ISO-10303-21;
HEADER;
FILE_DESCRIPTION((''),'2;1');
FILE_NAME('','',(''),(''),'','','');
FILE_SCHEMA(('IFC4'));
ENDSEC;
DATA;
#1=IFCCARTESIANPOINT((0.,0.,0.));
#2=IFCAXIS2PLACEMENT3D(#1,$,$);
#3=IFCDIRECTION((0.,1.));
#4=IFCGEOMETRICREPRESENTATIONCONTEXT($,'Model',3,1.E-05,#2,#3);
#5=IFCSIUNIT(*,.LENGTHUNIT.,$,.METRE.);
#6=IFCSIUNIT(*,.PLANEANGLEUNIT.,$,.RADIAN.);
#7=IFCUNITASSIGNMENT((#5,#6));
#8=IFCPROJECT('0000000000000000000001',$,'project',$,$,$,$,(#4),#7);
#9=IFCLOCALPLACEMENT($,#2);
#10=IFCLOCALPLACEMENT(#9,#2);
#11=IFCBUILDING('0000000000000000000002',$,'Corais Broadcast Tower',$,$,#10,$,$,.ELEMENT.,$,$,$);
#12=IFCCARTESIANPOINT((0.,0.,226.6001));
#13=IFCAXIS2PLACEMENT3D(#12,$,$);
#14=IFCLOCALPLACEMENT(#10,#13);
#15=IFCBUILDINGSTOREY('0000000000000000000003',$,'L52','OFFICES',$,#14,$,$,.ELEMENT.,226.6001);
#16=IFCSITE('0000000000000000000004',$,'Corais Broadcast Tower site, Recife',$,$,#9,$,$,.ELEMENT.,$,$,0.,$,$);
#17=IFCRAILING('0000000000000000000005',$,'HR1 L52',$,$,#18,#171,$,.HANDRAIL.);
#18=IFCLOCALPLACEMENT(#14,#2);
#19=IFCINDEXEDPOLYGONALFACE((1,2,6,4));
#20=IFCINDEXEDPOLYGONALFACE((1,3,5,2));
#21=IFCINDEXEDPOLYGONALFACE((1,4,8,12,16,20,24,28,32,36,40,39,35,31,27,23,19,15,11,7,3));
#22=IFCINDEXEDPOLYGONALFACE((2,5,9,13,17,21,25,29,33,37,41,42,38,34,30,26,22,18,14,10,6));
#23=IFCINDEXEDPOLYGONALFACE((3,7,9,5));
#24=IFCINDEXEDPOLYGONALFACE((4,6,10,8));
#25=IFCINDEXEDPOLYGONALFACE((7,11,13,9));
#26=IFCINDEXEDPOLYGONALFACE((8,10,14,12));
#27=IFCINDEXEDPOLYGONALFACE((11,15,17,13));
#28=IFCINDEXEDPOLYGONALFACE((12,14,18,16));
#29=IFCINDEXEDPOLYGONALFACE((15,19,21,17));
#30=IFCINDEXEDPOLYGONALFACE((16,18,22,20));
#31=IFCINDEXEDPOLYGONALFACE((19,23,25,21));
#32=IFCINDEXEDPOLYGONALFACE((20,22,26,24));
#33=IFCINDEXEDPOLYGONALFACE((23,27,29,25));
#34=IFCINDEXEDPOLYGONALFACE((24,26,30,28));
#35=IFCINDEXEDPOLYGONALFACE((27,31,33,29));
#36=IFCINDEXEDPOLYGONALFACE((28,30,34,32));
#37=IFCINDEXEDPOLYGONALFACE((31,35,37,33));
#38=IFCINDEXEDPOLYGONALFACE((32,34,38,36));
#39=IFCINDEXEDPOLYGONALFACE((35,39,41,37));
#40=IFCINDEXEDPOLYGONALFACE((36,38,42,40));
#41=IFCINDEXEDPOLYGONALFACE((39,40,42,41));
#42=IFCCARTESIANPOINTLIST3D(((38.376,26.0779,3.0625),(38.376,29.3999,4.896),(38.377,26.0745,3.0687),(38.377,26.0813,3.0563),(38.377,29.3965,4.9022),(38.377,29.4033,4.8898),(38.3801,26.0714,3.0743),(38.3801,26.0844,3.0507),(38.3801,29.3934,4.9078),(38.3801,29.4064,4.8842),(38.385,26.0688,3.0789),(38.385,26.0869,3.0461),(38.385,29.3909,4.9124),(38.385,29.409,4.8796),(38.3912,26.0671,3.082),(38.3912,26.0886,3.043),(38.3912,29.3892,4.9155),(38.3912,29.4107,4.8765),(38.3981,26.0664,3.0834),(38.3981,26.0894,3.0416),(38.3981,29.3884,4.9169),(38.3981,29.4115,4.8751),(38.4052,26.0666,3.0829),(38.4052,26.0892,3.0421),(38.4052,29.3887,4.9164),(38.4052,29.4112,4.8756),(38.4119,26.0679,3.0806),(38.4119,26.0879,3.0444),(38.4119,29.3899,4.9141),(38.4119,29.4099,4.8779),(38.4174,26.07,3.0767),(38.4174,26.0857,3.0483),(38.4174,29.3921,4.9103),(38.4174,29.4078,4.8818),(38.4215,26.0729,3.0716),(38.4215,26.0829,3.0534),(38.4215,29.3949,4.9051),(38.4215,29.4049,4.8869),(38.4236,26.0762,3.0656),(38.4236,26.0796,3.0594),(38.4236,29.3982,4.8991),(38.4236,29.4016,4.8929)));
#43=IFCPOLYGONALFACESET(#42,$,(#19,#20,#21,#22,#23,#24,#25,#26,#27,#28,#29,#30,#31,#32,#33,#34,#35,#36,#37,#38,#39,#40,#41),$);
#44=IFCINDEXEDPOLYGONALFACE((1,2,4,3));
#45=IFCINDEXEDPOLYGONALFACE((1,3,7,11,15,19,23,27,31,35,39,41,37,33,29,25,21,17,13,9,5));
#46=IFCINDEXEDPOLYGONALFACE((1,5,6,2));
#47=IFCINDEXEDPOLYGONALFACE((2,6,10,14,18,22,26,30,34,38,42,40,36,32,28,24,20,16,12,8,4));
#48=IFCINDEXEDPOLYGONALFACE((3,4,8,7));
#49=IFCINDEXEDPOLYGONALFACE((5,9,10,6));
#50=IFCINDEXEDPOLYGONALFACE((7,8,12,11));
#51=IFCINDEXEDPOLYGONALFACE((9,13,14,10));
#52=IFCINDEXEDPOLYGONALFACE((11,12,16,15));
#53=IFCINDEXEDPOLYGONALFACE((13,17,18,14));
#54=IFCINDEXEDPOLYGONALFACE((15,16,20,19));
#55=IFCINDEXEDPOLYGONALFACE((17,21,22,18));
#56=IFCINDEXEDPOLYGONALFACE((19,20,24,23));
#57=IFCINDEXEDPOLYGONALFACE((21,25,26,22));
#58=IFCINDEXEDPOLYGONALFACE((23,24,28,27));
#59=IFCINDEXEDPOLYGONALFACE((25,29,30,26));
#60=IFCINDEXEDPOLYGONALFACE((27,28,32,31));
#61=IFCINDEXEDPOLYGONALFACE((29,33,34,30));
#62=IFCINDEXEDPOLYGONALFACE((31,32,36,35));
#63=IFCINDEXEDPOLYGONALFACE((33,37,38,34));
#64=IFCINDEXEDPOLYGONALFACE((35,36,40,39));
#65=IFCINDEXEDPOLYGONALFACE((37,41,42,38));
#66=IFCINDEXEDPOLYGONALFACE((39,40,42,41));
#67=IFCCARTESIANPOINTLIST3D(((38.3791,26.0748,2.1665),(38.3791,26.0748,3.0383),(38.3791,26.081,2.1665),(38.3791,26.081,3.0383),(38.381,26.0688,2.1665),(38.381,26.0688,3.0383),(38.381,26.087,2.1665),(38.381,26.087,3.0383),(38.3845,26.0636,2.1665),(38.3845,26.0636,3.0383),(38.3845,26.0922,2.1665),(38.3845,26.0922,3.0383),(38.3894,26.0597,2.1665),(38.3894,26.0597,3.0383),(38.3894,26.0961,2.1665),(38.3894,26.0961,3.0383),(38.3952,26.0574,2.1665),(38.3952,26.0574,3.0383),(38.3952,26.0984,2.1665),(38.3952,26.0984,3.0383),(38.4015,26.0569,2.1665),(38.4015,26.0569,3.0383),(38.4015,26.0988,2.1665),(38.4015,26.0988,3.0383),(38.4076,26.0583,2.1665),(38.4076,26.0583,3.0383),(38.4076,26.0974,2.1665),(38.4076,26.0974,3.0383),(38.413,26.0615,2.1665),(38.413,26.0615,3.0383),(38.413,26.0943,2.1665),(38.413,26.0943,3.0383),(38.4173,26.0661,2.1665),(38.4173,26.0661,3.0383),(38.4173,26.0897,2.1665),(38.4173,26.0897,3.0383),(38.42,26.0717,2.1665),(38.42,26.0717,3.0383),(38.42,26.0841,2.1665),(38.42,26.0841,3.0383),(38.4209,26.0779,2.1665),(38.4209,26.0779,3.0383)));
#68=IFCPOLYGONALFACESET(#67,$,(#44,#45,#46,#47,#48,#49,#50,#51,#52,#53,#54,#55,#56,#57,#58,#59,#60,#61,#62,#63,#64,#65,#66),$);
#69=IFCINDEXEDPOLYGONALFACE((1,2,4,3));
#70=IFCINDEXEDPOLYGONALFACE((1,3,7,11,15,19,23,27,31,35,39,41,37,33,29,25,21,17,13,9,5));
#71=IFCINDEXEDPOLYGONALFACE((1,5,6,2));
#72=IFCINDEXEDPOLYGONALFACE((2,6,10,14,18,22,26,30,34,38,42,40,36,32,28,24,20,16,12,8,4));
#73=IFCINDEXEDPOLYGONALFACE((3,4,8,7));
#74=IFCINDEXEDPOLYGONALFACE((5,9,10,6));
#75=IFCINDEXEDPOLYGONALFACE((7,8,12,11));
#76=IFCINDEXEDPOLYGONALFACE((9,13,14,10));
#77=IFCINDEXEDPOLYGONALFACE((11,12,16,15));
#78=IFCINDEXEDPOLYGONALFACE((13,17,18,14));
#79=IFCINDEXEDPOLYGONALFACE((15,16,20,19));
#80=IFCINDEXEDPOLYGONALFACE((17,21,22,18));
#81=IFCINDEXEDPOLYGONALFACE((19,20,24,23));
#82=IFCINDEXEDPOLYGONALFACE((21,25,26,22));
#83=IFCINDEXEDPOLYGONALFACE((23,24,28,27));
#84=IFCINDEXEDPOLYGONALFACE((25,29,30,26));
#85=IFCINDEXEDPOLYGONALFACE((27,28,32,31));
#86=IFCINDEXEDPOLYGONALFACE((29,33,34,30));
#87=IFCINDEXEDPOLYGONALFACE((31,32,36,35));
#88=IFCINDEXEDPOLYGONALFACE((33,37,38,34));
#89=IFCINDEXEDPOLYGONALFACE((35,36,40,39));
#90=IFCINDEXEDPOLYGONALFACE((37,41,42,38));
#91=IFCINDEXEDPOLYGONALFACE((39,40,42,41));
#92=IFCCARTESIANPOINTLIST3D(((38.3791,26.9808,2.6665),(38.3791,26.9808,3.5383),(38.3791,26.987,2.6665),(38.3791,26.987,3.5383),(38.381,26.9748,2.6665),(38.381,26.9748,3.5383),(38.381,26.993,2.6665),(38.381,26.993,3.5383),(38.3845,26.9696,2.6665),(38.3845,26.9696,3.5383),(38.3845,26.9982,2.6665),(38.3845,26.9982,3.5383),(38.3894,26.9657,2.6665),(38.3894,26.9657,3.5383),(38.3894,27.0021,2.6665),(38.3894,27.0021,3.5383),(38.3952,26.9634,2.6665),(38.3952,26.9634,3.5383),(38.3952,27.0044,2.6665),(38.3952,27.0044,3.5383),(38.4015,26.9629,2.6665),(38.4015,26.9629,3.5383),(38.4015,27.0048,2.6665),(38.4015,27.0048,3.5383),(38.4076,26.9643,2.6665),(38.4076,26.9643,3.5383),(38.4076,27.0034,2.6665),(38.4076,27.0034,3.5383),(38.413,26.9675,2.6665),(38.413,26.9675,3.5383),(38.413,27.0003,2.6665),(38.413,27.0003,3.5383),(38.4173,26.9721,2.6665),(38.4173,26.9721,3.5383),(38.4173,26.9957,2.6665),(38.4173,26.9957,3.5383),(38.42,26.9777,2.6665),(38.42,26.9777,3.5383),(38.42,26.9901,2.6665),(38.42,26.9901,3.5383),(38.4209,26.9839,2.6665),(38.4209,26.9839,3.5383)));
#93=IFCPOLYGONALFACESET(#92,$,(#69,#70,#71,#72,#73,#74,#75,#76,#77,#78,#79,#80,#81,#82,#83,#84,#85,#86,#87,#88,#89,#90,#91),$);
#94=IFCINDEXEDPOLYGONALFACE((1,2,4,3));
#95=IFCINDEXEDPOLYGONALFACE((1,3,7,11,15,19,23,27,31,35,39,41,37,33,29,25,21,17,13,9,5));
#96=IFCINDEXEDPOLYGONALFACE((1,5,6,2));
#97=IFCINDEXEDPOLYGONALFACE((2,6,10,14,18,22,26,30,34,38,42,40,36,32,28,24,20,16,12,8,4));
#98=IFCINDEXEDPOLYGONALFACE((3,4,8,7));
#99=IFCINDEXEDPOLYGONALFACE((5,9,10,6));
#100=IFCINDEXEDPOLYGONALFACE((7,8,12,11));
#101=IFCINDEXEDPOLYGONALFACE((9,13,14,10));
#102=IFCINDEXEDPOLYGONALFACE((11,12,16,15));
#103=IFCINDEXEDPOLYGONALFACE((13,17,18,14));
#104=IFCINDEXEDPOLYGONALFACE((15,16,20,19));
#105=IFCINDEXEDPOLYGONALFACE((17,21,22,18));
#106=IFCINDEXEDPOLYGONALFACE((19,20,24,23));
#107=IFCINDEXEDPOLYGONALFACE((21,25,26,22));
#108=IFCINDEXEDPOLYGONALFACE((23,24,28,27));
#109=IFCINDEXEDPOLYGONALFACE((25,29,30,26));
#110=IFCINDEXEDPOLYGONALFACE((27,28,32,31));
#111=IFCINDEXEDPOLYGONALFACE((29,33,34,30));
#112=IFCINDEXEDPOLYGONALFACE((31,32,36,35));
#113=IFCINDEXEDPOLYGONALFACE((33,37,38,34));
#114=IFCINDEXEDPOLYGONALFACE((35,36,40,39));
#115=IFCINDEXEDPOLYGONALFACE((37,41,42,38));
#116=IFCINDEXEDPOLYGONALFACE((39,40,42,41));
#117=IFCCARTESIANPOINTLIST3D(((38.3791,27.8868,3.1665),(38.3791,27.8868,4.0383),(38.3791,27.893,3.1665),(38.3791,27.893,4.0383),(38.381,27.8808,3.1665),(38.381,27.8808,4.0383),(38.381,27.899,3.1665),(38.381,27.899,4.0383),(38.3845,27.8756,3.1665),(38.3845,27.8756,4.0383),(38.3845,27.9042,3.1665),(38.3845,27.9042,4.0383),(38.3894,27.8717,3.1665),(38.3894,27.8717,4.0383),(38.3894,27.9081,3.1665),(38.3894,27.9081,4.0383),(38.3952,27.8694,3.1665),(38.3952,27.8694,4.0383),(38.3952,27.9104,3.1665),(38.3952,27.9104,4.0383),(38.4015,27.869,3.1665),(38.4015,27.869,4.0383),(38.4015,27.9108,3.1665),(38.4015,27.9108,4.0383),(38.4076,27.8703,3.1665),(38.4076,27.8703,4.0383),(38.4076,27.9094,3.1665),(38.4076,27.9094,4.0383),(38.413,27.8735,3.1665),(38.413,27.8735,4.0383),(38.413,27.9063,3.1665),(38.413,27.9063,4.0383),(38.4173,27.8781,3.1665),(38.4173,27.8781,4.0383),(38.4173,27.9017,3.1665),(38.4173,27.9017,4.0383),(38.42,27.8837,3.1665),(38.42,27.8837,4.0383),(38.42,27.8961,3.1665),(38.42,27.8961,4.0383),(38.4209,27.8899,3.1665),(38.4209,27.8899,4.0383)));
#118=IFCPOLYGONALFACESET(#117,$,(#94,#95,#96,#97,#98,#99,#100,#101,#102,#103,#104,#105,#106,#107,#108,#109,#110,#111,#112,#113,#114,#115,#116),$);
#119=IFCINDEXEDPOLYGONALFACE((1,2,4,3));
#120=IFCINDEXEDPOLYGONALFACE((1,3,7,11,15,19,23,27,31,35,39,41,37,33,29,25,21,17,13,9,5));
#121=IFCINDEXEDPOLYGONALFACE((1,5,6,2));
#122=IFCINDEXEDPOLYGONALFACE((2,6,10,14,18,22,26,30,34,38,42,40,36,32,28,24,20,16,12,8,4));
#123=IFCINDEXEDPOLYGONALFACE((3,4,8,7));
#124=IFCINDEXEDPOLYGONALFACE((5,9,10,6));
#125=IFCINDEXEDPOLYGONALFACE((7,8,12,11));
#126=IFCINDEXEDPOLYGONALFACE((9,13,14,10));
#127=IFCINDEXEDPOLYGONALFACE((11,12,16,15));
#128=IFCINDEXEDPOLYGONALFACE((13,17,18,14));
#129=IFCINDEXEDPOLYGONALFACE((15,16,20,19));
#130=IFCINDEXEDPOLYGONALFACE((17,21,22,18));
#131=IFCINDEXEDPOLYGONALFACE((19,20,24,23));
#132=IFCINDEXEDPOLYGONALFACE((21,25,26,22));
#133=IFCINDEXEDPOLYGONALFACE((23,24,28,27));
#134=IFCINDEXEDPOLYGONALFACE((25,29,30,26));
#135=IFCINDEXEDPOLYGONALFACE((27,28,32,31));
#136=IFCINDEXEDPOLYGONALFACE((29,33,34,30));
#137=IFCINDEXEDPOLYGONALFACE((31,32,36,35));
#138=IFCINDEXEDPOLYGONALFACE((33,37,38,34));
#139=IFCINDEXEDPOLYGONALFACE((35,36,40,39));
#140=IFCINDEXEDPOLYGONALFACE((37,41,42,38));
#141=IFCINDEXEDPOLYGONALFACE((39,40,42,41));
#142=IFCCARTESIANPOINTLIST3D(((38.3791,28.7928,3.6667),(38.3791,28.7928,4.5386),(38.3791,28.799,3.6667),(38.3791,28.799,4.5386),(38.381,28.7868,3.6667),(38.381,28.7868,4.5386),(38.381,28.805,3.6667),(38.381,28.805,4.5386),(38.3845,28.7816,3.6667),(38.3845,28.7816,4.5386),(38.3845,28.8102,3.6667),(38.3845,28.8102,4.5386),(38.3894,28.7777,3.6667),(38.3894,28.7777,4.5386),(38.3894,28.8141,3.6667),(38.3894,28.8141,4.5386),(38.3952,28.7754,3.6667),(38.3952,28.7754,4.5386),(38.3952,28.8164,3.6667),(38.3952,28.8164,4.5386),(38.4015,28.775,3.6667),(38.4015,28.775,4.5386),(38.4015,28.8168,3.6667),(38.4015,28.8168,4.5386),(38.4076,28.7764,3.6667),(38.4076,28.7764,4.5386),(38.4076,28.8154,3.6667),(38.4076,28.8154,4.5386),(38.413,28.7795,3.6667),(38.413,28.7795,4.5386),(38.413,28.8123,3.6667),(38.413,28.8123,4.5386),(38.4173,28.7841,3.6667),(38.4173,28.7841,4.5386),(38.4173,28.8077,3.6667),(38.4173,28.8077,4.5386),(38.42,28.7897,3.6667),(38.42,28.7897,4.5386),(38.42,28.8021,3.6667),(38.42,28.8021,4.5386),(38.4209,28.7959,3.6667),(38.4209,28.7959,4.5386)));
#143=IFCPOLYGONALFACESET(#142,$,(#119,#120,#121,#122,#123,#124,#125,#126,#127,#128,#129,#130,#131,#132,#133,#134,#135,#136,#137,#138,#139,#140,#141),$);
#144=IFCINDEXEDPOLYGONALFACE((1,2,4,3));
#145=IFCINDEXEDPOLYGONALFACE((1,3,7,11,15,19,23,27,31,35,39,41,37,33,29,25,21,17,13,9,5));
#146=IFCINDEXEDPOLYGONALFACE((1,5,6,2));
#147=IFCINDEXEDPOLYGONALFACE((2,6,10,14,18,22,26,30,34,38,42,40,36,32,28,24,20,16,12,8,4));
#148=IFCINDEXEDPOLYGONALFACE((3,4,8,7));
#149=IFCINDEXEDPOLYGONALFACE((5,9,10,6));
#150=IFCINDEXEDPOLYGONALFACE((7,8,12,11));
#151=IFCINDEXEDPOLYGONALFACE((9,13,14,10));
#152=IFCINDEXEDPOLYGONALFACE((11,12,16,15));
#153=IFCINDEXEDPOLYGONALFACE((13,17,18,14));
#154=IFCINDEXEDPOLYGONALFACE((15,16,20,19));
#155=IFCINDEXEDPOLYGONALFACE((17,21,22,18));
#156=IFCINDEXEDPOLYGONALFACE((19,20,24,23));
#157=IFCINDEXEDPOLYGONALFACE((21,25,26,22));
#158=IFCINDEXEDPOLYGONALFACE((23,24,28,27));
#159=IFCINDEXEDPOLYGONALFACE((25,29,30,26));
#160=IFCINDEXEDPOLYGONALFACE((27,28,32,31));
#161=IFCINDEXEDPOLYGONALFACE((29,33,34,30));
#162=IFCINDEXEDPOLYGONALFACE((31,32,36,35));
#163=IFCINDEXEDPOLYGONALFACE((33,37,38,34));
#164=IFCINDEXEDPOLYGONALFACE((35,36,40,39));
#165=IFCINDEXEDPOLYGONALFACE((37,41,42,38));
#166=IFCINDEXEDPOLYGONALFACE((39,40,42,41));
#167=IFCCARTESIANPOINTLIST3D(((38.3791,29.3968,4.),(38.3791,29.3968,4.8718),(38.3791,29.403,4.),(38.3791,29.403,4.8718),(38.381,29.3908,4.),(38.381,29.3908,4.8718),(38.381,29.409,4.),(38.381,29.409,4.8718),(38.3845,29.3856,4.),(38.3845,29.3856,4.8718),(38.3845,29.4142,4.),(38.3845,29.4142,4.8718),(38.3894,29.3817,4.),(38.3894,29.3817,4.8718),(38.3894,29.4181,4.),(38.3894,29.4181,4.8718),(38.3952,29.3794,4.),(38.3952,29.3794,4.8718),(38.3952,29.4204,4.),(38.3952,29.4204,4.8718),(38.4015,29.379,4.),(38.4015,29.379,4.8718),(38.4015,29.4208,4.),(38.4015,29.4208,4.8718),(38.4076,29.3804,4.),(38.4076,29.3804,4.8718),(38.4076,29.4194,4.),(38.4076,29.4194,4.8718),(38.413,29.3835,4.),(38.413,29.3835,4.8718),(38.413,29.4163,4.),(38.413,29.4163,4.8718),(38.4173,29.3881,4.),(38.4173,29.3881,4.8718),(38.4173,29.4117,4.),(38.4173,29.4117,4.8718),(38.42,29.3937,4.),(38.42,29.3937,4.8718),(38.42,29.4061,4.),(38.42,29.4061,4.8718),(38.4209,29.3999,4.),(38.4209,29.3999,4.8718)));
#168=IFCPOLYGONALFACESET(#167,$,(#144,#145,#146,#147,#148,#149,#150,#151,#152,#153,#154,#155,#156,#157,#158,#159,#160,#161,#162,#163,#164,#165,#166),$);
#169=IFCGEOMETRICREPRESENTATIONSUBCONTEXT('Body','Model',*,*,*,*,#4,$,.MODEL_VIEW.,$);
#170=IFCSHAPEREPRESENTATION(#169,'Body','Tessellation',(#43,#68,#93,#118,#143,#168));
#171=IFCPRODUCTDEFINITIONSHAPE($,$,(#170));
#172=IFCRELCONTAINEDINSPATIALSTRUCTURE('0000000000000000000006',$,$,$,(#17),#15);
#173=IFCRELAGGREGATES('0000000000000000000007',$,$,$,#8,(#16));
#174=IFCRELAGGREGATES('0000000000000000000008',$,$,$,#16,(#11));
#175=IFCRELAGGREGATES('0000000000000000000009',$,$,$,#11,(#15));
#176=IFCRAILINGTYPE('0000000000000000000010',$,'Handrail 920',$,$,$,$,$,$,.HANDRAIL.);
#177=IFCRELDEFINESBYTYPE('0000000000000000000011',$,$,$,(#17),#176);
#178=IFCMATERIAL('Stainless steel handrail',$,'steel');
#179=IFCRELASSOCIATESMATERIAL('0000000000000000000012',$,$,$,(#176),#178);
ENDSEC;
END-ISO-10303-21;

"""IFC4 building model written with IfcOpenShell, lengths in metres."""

from ifc_helpers import new_model, si_unit, direction, frame, origin, origin_2d, place, context, subcontext, project, spatial, circle, extrude, material, type_object, element, save


model = new_model("IFC4")

# Units and contexts
model_context = context("Model", 3, precision=1e-05, world=origin(), true_north=direction((0.0, 1.0)))
body_context = subcontext(model_context, "Body", "Model", "MODEL_VIEW")
ifc_project = project(units=[si_unit("LENGTHUNIT", "METRE"), si_unit("PLANEANGLEUNIT", "RADIAN")], contexts=[model_context])

# Site, building, storey
site_placement = place(None, origin())
site = spatial("IfcSite", under=ifc_project, at=site_placement, Name="Corais Broadcast Tower site, Recife", CompositionType="ELEMENT", RefElevation=0.0)
building_placement = place(site_placement, origin())
building = spatial("IfcBuilding", under=site, at=building_placement, Name="Corais Broadcast Tower", CompositionType="ELEMENT")
storey_placement = place(building_placement, frame((0.0, 0.0, 226.6001)))
storey = spatial("IfcBuildingStorey", under=building, at=storey_placement, Name="L52", Description="OFFICES", CompositionType="ELEMENT", Elevation=226.6001)

# Railing
ifc_material_1 = material(Name="Stainless steel handrail", Category="steel")
railing_type = type_object("IfcRailingType", Name="Handrail 920", PredefinedType="HANDRAIL", material=ifc_material_1)
for number, where, name in (
    (1, (38.3999, 26.0779, 2.1665), "HR1 L52"),
):
    element("IfcRailing", number, at=place(storey_placement, frame(where)), inside=storey, type_object=railing_type, Name=name, PredefinedType="HANDRAIL", context=body_context, shape_type="SweptSolid", body=[
        extrude(circle(Radius=0.0239, at=origin_2d()), frame((0.0, 0.0, 0.896), z_axis=(0.0, 0.875504, 0.48321), x_axis=(-1.0, 0.0, 0.0)), (0.0, 0.0, 1.0), 3.7944),
        extrude(circle(Radius=0.021, at=origin_2d()), origin(), (0.0, 0.0, 1.0), 0.8718),
        extrude(circle(Radius=0.021, at=origin_2d()), frame((0.0, 0.906, 0.5)), (0.0, 0.0, 1.0), 0.8718),
        extrude(circle(Radius=0.021, at=origin_2d()), frame((0.0, 1.812, 1.0)), (0.0, 0.0, 1.0), 0.8718),
        extrude(circle(Radius=0.021, at=origin_2d()), frame((0.0, 2.718, 1.5002)), (0.0, 0.0, 1.0), 0.8718),
        extrude(circle(Radius=0.021, at=origin_2d()), frame((0.0, 3.322, 1.8335)), (0.0, 0.0, 1.0), 0.8718),
    ])

save(model, "model.ifc")
